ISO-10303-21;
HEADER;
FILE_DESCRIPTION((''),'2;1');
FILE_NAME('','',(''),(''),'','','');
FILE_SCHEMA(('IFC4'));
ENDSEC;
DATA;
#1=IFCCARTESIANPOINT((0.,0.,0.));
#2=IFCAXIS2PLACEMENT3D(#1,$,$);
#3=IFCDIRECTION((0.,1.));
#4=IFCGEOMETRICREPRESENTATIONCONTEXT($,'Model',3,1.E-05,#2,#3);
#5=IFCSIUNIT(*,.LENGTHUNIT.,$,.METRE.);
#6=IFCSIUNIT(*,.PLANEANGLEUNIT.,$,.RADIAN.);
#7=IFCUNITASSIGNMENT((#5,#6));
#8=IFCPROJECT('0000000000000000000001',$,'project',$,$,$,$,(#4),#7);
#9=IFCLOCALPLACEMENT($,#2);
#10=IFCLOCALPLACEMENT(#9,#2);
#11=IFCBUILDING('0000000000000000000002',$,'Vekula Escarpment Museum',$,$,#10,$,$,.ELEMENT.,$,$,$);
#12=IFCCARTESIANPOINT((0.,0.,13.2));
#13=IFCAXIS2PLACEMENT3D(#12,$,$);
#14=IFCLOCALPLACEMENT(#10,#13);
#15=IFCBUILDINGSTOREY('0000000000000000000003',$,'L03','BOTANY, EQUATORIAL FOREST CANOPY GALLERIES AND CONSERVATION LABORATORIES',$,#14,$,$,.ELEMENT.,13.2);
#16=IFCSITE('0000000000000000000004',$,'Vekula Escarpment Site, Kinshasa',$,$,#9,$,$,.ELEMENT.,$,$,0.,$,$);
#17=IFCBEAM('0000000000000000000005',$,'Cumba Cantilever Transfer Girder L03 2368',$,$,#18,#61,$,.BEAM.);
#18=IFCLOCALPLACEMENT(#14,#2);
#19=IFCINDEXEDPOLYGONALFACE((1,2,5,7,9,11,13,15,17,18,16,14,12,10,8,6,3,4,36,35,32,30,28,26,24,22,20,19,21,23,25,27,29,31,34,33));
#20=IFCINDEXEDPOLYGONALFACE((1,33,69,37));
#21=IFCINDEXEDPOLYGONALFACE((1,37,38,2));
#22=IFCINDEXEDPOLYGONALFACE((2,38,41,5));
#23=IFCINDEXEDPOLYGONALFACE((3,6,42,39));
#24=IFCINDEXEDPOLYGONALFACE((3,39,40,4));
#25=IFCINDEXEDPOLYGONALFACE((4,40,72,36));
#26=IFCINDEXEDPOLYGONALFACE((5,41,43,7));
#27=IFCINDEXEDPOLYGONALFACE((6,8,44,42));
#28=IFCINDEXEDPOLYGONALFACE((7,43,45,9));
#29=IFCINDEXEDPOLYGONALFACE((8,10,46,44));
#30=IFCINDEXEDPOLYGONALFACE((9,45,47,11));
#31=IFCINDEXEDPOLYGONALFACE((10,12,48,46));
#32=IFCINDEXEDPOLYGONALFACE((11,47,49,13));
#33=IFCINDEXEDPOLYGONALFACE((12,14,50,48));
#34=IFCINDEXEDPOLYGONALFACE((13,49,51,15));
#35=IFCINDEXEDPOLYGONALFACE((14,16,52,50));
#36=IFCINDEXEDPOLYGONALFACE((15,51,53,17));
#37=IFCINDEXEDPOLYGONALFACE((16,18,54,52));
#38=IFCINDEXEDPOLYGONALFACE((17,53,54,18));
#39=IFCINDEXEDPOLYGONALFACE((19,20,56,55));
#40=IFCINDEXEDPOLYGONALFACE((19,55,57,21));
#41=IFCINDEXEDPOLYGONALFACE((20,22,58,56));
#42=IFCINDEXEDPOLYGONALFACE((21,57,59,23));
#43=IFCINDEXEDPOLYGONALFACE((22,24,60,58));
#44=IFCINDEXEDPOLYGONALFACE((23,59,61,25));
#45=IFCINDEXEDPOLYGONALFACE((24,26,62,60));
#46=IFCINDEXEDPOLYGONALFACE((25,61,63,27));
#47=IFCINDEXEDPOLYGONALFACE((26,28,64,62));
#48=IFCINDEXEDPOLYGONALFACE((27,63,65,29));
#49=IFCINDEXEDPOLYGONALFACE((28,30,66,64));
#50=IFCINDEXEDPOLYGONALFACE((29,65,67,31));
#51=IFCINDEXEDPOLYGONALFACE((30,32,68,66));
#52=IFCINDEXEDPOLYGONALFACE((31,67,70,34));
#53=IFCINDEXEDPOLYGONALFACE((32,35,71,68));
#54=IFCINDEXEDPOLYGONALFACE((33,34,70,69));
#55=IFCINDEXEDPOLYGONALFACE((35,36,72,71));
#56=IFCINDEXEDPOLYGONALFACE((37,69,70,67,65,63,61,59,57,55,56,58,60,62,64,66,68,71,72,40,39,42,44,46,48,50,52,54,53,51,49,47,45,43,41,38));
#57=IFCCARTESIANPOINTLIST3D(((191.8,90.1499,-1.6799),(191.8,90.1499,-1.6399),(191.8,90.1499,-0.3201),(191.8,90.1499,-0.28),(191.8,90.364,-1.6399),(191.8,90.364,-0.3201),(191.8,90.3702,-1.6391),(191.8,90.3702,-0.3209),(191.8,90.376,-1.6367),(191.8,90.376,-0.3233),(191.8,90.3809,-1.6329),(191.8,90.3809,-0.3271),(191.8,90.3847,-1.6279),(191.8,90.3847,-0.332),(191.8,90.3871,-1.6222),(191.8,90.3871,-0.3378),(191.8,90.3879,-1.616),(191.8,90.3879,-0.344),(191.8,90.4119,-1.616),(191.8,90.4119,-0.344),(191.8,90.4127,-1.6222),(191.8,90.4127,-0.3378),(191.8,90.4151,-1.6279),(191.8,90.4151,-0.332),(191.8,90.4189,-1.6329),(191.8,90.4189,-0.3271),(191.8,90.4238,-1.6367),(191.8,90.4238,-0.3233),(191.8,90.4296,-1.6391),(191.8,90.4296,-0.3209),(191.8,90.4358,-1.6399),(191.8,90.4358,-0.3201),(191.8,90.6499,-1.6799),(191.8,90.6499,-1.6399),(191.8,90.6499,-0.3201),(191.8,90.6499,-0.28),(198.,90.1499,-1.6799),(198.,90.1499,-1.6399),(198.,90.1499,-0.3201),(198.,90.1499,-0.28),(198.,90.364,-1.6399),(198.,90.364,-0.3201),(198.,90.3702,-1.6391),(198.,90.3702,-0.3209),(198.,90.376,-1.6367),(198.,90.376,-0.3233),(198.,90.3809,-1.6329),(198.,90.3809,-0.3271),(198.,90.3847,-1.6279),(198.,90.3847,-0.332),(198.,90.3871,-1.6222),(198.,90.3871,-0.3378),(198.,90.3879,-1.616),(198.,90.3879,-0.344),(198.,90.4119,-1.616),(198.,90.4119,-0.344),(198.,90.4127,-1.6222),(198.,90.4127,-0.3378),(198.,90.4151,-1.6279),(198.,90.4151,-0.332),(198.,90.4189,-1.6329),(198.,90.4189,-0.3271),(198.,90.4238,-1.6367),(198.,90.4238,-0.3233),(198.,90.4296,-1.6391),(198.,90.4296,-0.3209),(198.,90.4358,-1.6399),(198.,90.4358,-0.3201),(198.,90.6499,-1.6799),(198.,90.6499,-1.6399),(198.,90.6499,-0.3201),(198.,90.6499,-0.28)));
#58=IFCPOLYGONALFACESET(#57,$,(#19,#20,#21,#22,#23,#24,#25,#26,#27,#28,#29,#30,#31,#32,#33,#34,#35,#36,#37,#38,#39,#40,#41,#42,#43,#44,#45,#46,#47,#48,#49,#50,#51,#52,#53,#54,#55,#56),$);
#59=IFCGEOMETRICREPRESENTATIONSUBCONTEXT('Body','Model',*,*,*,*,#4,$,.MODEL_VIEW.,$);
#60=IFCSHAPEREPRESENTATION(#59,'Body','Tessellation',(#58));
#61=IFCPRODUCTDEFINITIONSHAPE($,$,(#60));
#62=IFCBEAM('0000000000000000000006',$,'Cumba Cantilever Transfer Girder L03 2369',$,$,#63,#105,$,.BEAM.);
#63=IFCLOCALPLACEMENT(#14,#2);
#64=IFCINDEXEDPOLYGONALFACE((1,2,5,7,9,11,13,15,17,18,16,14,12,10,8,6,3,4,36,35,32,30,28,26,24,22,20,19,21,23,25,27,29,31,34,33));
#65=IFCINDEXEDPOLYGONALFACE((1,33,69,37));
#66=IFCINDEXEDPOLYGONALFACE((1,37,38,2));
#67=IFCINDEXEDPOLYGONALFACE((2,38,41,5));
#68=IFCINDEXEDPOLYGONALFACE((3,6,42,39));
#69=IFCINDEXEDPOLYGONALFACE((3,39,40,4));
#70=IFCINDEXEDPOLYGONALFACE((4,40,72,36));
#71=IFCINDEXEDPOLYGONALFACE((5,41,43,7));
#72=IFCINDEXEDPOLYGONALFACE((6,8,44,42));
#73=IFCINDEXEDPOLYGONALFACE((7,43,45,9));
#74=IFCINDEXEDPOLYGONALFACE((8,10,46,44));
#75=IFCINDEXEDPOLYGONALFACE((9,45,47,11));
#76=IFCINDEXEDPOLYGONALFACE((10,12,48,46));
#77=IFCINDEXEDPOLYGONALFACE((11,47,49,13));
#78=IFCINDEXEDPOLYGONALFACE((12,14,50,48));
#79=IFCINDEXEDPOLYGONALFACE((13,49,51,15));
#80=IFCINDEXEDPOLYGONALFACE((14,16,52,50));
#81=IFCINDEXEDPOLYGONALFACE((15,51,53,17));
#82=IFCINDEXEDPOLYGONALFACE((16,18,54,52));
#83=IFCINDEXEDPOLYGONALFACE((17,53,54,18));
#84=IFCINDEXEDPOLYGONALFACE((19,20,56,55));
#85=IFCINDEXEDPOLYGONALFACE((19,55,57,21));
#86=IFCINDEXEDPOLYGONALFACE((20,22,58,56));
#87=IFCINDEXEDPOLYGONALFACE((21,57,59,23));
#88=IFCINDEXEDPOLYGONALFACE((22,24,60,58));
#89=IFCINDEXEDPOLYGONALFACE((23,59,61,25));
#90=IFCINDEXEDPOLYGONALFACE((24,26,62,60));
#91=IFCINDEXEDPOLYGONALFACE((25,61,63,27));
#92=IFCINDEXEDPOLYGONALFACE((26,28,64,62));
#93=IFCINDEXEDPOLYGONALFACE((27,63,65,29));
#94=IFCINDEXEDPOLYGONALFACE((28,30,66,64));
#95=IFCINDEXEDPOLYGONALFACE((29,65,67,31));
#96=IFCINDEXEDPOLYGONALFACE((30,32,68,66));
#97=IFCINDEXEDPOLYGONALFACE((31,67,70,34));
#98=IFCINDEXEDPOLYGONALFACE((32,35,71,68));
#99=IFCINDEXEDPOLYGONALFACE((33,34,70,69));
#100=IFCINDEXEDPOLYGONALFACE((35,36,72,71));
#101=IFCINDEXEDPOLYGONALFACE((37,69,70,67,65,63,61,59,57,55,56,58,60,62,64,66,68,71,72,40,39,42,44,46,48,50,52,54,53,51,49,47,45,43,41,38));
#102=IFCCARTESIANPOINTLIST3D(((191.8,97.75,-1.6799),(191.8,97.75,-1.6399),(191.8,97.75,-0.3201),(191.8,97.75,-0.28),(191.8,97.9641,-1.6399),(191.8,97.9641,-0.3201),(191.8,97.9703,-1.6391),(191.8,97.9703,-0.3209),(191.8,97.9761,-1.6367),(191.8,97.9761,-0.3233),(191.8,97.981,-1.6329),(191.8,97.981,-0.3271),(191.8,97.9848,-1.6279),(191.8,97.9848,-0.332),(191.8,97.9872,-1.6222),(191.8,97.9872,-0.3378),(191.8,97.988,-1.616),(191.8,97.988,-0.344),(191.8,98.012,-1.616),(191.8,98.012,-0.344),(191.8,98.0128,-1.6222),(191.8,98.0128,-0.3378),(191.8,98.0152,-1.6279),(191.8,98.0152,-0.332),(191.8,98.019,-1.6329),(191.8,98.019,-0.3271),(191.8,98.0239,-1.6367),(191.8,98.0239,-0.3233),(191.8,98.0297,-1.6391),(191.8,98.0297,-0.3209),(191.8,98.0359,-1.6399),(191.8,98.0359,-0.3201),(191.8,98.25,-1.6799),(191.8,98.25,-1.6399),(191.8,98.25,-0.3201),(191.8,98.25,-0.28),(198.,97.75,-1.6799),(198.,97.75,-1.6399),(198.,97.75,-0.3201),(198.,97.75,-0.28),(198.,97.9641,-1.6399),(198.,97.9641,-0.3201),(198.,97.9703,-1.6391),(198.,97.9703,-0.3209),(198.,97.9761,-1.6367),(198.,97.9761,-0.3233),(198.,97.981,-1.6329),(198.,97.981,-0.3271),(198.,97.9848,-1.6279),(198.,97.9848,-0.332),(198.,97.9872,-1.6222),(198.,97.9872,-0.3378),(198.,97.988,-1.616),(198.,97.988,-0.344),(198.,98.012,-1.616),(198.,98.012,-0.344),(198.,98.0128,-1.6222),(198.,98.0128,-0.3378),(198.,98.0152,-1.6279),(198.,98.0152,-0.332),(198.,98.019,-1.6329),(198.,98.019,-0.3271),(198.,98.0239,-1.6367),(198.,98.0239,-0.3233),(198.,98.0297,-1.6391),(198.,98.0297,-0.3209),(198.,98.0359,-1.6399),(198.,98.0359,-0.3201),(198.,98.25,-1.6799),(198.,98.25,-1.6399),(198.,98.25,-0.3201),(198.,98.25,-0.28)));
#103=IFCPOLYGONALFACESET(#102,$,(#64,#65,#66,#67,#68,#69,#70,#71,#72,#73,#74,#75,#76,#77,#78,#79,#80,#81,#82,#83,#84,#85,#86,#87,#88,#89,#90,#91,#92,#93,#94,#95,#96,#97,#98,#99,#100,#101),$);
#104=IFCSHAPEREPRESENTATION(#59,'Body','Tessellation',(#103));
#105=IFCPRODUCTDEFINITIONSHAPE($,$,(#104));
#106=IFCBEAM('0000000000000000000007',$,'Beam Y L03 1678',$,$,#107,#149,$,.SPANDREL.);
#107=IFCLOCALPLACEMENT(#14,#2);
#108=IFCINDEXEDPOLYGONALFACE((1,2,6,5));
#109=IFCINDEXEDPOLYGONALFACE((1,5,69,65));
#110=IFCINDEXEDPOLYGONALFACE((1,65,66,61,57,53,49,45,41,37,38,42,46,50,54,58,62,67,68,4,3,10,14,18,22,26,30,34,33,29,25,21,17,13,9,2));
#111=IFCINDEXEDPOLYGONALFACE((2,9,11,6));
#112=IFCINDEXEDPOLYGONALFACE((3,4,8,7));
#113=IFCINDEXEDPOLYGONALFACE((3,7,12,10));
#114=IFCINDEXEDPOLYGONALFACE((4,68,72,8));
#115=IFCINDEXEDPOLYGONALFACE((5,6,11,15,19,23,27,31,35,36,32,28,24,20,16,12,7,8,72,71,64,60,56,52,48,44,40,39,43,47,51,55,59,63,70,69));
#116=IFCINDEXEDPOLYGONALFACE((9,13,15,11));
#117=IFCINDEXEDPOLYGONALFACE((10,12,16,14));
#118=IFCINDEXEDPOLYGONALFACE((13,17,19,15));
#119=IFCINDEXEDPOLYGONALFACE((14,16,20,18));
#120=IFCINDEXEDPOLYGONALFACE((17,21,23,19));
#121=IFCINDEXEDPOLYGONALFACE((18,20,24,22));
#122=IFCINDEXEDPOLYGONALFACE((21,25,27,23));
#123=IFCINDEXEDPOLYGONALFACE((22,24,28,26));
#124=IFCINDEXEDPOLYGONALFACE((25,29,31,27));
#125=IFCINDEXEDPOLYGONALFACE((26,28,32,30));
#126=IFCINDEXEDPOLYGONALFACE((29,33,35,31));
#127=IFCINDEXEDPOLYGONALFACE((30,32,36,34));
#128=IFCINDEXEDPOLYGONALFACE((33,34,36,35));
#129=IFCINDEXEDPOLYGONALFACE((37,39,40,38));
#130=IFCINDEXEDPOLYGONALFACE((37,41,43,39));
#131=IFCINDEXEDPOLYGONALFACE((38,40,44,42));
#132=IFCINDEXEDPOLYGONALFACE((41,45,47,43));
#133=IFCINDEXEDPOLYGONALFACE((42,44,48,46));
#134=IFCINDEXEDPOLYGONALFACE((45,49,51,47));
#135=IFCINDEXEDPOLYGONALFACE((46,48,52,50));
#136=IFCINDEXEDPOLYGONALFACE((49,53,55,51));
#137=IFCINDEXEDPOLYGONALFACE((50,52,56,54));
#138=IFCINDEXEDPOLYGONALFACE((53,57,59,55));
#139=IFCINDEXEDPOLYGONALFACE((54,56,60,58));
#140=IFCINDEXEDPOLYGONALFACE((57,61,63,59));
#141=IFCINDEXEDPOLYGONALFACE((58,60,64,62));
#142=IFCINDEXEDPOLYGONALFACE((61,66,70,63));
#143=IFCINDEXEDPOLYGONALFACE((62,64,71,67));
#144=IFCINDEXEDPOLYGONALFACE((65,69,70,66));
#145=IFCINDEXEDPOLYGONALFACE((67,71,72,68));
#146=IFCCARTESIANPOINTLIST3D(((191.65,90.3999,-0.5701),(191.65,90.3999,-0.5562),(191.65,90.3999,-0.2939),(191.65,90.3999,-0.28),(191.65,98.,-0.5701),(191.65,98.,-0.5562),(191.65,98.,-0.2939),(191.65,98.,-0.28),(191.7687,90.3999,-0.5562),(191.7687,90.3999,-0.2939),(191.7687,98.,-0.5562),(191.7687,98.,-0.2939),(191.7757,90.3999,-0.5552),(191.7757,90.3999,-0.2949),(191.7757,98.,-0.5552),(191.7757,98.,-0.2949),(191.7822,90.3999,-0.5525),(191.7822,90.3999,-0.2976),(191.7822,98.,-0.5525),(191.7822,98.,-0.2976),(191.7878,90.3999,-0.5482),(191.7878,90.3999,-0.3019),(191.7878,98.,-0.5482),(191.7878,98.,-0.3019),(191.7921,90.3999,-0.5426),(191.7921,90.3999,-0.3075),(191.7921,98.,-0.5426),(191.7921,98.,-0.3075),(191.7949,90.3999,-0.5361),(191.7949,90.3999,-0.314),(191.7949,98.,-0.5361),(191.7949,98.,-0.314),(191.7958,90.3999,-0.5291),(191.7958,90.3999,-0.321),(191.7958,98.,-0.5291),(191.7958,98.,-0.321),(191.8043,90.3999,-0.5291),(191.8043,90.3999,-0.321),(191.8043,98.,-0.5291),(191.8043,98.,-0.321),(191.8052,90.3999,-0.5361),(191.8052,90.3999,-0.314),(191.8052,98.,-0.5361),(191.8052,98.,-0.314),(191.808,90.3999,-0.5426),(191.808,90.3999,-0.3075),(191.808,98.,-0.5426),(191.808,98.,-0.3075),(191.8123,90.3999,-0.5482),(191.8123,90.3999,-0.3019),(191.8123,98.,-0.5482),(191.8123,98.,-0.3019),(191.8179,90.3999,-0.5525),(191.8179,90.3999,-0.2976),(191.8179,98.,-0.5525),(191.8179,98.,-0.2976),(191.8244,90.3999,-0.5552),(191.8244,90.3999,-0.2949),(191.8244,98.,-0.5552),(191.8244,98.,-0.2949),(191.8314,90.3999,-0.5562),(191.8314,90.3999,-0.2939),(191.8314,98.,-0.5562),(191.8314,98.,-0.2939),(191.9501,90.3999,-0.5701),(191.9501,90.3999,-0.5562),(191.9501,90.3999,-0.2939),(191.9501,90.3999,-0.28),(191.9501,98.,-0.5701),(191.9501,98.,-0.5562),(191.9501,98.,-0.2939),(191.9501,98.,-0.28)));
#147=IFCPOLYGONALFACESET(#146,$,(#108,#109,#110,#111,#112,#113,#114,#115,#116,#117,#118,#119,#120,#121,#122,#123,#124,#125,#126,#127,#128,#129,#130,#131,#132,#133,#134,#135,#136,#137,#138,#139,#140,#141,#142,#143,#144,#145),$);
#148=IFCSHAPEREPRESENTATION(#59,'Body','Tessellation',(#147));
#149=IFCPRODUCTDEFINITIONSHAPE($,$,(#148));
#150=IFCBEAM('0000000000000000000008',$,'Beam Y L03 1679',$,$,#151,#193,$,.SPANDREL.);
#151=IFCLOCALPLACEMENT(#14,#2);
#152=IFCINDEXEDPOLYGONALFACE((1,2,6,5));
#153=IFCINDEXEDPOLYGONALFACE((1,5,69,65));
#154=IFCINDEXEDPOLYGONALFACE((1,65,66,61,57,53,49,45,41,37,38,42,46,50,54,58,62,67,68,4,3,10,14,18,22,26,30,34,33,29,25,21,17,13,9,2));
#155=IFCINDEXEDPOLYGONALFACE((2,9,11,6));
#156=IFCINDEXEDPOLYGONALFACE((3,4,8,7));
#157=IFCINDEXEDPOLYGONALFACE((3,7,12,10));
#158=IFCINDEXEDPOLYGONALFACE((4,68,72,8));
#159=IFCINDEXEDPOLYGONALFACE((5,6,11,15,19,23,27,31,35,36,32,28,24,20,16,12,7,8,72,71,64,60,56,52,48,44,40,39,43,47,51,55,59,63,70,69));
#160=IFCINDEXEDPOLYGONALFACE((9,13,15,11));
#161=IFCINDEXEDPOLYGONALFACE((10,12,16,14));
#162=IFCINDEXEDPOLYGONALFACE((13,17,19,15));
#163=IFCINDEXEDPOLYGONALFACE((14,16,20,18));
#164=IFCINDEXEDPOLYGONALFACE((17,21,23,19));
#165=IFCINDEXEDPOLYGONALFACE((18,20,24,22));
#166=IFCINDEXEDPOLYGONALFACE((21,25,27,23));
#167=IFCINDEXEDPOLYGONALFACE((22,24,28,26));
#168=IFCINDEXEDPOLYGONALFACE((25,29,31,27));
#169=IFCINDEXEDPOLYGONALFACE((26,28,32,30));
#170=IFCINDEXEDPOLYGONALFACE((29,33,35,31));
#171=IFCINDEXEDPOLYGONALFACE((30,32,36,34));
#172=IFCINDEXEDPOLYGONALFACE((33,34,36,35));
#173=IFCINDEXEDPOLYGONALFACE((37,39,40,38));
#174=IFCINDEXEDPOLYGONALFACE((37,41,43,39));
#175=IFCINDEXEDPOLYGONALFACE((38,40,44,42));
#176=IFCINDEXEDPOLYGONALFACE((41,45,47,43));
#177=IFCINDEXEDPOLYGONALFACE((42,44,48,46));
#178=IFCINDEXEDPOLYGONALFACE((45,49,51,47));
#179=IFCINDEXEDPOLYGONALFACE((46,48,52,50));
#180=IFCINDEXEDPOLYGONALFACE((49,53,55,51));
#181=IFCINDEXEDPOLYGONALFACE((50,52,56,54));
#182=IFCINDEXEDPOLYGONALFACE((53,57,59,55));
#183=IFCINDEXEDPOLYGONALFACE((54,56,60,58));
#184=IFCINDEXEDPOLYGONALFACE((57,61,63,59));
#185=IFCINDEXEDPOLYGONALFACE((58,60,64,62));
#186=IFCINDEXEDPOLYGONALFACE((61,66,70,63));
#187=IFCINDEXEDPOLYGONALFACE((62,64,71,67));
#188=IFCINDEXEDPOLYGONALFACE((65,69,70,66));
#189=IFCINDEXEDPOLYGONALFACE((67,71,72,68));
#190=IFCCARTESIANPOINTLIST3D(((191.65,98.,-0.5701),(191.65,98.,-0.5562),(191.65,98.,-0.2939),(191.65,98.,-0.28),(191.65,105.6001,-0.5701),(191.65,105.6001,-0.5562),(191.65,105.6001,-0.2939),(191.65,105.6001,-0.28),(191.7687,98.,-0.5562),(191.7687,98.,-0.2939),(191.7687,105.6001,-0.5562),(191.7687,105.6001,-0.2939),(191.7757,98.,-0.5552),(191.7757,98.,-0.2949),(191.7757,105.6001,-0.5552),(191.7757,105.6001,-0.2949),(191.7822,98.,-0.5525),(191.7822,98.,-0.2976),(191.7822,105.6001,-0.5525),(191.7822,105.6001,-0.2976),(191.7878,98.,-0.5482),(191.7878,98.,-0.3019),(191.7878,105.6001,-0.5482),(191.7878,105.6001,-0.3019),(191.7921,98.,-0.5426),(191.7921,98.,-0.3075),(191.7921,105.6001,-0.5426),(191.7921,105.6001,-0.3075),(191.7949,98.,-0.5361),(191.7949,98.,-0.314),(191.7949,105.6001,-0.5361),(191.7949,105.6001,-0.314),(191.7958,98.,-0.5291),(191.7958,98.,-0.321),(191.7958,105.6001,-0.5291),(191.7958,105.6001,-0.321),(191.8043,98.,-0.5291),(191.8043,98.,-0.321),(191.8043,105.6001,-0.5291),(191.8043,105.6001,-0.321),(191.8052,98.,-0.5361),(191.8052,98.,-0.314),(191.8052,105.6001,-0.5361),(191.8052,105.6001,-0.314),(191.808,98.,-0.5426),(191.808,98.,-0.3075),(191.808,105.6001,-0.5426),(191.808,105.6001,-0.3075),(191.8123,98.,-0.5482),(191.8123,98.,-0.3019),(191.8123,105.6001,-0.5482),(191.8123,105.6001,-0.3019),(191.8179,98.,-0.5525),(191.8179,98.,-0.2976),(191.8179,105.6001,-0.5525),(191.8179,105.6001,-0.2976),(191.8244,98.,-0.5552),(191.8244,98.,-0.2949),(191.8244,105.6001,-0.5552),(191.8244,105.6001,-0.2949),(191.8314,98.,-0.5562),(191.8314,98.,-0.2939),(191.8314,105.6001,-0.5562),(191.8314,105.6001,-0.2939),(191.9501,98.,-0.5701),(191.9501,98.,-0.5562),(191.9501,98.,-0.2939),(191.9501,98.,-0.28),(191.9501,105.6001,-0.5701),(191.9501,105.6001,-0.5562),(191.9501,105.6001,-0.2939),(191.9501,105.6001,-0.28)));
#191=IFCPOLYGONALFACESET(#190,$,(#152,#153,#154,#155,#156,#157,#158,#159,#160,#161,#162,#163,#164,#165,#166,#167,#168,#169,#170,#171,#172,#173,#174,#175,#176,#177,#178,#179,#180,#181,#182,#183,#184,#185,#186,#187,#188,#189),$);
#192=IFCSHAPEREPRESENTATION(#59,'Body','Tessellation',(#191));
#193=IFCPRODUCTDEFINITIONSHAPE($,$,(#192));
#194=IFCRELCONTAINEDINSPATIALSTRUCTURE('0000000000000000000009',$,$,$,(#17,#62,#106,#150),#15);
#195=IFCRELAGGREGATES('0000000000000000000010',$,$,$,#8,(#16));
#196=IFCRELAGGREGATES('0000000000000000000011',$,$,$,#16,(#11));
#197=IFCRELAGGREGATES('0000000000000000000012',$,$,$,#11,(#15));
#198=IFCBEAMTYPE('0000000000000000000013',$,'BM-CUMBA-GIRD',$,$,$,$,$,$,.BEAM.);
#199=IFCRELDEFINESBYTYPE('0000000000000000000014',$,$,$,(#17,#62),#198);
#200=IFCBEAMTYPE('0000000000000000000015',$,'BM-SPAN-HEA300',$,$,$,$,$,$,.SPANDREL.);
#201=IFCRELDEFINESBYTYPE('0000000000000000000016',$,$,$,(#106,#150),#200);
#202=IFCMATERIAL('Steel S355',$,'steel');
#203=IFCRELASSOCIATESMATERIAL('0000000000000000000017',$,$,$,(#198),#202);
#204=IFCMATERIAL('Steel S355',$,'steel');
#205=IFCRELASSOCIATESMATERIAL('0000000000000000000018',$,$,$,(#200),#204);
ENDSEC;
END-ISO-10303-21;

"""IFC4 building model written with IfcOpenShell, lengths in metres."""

from ifc_helpers import new_model, si_unit, direction, frame, origin, origin_2d, place, context, subcontext, project, spatial, i_section, extrude, material, material_profile, profile_set, type_object, element, save


model = new_model("IFC4")

# Units and contexts
model_context = context("Model", 3, precision=1e-05, world=origin(), true_north=direction((0.0, 1.0)))
body_context = subcontext(model_context, "Body", "Model", "MODEL_VIEW")
ifc_project = project(units=[si_unit("LENGTHUNIT", "METRE"), si_unit("PLANEANGLEUNIT", "RADIAN")], contexts=[model_context])

# Site, building, storey
site_placement = place(None, origin())
site = spatial("IfcSite", under=ifc_project, at=site_placement, Name="Vekula Escarpment Site, Kinshasa", CompositionType="ELEMENT", RefElevation=0.0)
building_placement = place(site_placement, origin())
building = spatial("IfcBuilding", under=site, at=building_placement, Name="Vekula Escarpment Museum", CompositionType="ELEMENT")
storey_placement = place(building_placement, frame((0.0, 0.0, 13.2)))
storey = spatial("IfcBuildingStorey", under=building, at=storey_placement, Name="L03", Description="BOTANY, EQUATORIAL FOREST CANOPY GALLERIES AND CONSERVATION LABORATORIES", CompositionType="ELEMENT", Elevation=13.2)

# Beams
ifc_material_1 = material(Name="Steel S355", Category="steel")
ifc_material_profile_1 = material_profile(ifc_material_1, i_section(OverallWidth=0.5, OverallDepth=1.3999, WebThickness=0.0239, FlangeThickness=0.04, FilletRadius=0.0239, at=origin_2d()), Name="WPG 1400x500")
ifc_profile_set_1 = profile_set([ifc_material_profile_1], Name="Steel S355")
beam_type_1 = type_object("IfcBeamType", Name="BM-CUMBA-GIRD", PredefinedType="BEAM", material=ifc_profile_set_1)
for number, where, z_axis, x_axis, name in (
    (1, (191.8, 90.3999, -0.98), (1.0, 0.0, 0.0), (0.0, 1.0, 0.0), "Cumba Cantilever Transfer Girder L03 2368"),
    (2, (191.8, 98.0, -0.98), (1.0, 0.0, 0.0), (0.0, 1.0, 0.0), "Cumba Cantilever Transfer Girder L03 2369"),
):
    element("IfcBeam", number, at=place(storey_placement, frame(where, z_axis=z_axis, x_axis=x_axis)), inside=storey, type_object=beam_type_1, Name=name, PredefinedType="BEAM", context=body_context, shape_type="SweptSolid", body=[
        extrude(i_section(OverallWidth=0.5, OverallDepth=1.3999, WebThickness=0.0239, FlangeThickness=0.04, FilletRadius=0.0239, at=origin_2d()), origin(), (0.0, 0.0, 1.0), 6.2),
    ])
ifc_material_2 = material(Name="Steel S355", Category="steel")
ifc_material_profile_2 = material_profile(ifc_material_2, i_section(OverallWidth=0.3, OverallDepth=0.29, WebThickness=0.0085, FlangeThickness=0.0139, FilletRadius=0.0271, at=origin_2d()), Name="HEA 300")
ifc_profile_set_2 = profile_set([ifc_material_profile_2], Name="Steel S355")
beam_type_2 = type_object("IfcBeamType", Name="BM-SPAN-HEA300", PredefinedType="SPANDREL", material=ifc_profile_set_2)
for number, where, z_axis, x_axis, name in (
    (3, (191.8, 90.3999, -0.425), (0.0, 1.0, 0.0), (-1.0, 0.0, 0.0), "Beam Y L03 1678"),
    (4, (191.8, 98.0, -0.425), (0.0, 1.0, 0.0), (-1.0, 0.0, 0.0), "Beam Y L03 1679"),
):
    element("IfcBeam", number, at=place(storey_placement, frame(where, z_axis=z_axis, x_axis=x_axis)), inside=storey, type_object=beam_type_2, Name=name, PredefinedType="SPANDREL", context=body_context, shape_type="SweptSolid", body=[
        extrude(i_section(OverallWidth=0.3, OverallDepth=0.29, WebThickness=0.0085, FlangeThickness=0.0139, FilletRadius=0.0271, at=origin_2d()), origin(), (0.0, 0.0, 1.0), 7.6001),
    ])

save(model, "model.ifc")
